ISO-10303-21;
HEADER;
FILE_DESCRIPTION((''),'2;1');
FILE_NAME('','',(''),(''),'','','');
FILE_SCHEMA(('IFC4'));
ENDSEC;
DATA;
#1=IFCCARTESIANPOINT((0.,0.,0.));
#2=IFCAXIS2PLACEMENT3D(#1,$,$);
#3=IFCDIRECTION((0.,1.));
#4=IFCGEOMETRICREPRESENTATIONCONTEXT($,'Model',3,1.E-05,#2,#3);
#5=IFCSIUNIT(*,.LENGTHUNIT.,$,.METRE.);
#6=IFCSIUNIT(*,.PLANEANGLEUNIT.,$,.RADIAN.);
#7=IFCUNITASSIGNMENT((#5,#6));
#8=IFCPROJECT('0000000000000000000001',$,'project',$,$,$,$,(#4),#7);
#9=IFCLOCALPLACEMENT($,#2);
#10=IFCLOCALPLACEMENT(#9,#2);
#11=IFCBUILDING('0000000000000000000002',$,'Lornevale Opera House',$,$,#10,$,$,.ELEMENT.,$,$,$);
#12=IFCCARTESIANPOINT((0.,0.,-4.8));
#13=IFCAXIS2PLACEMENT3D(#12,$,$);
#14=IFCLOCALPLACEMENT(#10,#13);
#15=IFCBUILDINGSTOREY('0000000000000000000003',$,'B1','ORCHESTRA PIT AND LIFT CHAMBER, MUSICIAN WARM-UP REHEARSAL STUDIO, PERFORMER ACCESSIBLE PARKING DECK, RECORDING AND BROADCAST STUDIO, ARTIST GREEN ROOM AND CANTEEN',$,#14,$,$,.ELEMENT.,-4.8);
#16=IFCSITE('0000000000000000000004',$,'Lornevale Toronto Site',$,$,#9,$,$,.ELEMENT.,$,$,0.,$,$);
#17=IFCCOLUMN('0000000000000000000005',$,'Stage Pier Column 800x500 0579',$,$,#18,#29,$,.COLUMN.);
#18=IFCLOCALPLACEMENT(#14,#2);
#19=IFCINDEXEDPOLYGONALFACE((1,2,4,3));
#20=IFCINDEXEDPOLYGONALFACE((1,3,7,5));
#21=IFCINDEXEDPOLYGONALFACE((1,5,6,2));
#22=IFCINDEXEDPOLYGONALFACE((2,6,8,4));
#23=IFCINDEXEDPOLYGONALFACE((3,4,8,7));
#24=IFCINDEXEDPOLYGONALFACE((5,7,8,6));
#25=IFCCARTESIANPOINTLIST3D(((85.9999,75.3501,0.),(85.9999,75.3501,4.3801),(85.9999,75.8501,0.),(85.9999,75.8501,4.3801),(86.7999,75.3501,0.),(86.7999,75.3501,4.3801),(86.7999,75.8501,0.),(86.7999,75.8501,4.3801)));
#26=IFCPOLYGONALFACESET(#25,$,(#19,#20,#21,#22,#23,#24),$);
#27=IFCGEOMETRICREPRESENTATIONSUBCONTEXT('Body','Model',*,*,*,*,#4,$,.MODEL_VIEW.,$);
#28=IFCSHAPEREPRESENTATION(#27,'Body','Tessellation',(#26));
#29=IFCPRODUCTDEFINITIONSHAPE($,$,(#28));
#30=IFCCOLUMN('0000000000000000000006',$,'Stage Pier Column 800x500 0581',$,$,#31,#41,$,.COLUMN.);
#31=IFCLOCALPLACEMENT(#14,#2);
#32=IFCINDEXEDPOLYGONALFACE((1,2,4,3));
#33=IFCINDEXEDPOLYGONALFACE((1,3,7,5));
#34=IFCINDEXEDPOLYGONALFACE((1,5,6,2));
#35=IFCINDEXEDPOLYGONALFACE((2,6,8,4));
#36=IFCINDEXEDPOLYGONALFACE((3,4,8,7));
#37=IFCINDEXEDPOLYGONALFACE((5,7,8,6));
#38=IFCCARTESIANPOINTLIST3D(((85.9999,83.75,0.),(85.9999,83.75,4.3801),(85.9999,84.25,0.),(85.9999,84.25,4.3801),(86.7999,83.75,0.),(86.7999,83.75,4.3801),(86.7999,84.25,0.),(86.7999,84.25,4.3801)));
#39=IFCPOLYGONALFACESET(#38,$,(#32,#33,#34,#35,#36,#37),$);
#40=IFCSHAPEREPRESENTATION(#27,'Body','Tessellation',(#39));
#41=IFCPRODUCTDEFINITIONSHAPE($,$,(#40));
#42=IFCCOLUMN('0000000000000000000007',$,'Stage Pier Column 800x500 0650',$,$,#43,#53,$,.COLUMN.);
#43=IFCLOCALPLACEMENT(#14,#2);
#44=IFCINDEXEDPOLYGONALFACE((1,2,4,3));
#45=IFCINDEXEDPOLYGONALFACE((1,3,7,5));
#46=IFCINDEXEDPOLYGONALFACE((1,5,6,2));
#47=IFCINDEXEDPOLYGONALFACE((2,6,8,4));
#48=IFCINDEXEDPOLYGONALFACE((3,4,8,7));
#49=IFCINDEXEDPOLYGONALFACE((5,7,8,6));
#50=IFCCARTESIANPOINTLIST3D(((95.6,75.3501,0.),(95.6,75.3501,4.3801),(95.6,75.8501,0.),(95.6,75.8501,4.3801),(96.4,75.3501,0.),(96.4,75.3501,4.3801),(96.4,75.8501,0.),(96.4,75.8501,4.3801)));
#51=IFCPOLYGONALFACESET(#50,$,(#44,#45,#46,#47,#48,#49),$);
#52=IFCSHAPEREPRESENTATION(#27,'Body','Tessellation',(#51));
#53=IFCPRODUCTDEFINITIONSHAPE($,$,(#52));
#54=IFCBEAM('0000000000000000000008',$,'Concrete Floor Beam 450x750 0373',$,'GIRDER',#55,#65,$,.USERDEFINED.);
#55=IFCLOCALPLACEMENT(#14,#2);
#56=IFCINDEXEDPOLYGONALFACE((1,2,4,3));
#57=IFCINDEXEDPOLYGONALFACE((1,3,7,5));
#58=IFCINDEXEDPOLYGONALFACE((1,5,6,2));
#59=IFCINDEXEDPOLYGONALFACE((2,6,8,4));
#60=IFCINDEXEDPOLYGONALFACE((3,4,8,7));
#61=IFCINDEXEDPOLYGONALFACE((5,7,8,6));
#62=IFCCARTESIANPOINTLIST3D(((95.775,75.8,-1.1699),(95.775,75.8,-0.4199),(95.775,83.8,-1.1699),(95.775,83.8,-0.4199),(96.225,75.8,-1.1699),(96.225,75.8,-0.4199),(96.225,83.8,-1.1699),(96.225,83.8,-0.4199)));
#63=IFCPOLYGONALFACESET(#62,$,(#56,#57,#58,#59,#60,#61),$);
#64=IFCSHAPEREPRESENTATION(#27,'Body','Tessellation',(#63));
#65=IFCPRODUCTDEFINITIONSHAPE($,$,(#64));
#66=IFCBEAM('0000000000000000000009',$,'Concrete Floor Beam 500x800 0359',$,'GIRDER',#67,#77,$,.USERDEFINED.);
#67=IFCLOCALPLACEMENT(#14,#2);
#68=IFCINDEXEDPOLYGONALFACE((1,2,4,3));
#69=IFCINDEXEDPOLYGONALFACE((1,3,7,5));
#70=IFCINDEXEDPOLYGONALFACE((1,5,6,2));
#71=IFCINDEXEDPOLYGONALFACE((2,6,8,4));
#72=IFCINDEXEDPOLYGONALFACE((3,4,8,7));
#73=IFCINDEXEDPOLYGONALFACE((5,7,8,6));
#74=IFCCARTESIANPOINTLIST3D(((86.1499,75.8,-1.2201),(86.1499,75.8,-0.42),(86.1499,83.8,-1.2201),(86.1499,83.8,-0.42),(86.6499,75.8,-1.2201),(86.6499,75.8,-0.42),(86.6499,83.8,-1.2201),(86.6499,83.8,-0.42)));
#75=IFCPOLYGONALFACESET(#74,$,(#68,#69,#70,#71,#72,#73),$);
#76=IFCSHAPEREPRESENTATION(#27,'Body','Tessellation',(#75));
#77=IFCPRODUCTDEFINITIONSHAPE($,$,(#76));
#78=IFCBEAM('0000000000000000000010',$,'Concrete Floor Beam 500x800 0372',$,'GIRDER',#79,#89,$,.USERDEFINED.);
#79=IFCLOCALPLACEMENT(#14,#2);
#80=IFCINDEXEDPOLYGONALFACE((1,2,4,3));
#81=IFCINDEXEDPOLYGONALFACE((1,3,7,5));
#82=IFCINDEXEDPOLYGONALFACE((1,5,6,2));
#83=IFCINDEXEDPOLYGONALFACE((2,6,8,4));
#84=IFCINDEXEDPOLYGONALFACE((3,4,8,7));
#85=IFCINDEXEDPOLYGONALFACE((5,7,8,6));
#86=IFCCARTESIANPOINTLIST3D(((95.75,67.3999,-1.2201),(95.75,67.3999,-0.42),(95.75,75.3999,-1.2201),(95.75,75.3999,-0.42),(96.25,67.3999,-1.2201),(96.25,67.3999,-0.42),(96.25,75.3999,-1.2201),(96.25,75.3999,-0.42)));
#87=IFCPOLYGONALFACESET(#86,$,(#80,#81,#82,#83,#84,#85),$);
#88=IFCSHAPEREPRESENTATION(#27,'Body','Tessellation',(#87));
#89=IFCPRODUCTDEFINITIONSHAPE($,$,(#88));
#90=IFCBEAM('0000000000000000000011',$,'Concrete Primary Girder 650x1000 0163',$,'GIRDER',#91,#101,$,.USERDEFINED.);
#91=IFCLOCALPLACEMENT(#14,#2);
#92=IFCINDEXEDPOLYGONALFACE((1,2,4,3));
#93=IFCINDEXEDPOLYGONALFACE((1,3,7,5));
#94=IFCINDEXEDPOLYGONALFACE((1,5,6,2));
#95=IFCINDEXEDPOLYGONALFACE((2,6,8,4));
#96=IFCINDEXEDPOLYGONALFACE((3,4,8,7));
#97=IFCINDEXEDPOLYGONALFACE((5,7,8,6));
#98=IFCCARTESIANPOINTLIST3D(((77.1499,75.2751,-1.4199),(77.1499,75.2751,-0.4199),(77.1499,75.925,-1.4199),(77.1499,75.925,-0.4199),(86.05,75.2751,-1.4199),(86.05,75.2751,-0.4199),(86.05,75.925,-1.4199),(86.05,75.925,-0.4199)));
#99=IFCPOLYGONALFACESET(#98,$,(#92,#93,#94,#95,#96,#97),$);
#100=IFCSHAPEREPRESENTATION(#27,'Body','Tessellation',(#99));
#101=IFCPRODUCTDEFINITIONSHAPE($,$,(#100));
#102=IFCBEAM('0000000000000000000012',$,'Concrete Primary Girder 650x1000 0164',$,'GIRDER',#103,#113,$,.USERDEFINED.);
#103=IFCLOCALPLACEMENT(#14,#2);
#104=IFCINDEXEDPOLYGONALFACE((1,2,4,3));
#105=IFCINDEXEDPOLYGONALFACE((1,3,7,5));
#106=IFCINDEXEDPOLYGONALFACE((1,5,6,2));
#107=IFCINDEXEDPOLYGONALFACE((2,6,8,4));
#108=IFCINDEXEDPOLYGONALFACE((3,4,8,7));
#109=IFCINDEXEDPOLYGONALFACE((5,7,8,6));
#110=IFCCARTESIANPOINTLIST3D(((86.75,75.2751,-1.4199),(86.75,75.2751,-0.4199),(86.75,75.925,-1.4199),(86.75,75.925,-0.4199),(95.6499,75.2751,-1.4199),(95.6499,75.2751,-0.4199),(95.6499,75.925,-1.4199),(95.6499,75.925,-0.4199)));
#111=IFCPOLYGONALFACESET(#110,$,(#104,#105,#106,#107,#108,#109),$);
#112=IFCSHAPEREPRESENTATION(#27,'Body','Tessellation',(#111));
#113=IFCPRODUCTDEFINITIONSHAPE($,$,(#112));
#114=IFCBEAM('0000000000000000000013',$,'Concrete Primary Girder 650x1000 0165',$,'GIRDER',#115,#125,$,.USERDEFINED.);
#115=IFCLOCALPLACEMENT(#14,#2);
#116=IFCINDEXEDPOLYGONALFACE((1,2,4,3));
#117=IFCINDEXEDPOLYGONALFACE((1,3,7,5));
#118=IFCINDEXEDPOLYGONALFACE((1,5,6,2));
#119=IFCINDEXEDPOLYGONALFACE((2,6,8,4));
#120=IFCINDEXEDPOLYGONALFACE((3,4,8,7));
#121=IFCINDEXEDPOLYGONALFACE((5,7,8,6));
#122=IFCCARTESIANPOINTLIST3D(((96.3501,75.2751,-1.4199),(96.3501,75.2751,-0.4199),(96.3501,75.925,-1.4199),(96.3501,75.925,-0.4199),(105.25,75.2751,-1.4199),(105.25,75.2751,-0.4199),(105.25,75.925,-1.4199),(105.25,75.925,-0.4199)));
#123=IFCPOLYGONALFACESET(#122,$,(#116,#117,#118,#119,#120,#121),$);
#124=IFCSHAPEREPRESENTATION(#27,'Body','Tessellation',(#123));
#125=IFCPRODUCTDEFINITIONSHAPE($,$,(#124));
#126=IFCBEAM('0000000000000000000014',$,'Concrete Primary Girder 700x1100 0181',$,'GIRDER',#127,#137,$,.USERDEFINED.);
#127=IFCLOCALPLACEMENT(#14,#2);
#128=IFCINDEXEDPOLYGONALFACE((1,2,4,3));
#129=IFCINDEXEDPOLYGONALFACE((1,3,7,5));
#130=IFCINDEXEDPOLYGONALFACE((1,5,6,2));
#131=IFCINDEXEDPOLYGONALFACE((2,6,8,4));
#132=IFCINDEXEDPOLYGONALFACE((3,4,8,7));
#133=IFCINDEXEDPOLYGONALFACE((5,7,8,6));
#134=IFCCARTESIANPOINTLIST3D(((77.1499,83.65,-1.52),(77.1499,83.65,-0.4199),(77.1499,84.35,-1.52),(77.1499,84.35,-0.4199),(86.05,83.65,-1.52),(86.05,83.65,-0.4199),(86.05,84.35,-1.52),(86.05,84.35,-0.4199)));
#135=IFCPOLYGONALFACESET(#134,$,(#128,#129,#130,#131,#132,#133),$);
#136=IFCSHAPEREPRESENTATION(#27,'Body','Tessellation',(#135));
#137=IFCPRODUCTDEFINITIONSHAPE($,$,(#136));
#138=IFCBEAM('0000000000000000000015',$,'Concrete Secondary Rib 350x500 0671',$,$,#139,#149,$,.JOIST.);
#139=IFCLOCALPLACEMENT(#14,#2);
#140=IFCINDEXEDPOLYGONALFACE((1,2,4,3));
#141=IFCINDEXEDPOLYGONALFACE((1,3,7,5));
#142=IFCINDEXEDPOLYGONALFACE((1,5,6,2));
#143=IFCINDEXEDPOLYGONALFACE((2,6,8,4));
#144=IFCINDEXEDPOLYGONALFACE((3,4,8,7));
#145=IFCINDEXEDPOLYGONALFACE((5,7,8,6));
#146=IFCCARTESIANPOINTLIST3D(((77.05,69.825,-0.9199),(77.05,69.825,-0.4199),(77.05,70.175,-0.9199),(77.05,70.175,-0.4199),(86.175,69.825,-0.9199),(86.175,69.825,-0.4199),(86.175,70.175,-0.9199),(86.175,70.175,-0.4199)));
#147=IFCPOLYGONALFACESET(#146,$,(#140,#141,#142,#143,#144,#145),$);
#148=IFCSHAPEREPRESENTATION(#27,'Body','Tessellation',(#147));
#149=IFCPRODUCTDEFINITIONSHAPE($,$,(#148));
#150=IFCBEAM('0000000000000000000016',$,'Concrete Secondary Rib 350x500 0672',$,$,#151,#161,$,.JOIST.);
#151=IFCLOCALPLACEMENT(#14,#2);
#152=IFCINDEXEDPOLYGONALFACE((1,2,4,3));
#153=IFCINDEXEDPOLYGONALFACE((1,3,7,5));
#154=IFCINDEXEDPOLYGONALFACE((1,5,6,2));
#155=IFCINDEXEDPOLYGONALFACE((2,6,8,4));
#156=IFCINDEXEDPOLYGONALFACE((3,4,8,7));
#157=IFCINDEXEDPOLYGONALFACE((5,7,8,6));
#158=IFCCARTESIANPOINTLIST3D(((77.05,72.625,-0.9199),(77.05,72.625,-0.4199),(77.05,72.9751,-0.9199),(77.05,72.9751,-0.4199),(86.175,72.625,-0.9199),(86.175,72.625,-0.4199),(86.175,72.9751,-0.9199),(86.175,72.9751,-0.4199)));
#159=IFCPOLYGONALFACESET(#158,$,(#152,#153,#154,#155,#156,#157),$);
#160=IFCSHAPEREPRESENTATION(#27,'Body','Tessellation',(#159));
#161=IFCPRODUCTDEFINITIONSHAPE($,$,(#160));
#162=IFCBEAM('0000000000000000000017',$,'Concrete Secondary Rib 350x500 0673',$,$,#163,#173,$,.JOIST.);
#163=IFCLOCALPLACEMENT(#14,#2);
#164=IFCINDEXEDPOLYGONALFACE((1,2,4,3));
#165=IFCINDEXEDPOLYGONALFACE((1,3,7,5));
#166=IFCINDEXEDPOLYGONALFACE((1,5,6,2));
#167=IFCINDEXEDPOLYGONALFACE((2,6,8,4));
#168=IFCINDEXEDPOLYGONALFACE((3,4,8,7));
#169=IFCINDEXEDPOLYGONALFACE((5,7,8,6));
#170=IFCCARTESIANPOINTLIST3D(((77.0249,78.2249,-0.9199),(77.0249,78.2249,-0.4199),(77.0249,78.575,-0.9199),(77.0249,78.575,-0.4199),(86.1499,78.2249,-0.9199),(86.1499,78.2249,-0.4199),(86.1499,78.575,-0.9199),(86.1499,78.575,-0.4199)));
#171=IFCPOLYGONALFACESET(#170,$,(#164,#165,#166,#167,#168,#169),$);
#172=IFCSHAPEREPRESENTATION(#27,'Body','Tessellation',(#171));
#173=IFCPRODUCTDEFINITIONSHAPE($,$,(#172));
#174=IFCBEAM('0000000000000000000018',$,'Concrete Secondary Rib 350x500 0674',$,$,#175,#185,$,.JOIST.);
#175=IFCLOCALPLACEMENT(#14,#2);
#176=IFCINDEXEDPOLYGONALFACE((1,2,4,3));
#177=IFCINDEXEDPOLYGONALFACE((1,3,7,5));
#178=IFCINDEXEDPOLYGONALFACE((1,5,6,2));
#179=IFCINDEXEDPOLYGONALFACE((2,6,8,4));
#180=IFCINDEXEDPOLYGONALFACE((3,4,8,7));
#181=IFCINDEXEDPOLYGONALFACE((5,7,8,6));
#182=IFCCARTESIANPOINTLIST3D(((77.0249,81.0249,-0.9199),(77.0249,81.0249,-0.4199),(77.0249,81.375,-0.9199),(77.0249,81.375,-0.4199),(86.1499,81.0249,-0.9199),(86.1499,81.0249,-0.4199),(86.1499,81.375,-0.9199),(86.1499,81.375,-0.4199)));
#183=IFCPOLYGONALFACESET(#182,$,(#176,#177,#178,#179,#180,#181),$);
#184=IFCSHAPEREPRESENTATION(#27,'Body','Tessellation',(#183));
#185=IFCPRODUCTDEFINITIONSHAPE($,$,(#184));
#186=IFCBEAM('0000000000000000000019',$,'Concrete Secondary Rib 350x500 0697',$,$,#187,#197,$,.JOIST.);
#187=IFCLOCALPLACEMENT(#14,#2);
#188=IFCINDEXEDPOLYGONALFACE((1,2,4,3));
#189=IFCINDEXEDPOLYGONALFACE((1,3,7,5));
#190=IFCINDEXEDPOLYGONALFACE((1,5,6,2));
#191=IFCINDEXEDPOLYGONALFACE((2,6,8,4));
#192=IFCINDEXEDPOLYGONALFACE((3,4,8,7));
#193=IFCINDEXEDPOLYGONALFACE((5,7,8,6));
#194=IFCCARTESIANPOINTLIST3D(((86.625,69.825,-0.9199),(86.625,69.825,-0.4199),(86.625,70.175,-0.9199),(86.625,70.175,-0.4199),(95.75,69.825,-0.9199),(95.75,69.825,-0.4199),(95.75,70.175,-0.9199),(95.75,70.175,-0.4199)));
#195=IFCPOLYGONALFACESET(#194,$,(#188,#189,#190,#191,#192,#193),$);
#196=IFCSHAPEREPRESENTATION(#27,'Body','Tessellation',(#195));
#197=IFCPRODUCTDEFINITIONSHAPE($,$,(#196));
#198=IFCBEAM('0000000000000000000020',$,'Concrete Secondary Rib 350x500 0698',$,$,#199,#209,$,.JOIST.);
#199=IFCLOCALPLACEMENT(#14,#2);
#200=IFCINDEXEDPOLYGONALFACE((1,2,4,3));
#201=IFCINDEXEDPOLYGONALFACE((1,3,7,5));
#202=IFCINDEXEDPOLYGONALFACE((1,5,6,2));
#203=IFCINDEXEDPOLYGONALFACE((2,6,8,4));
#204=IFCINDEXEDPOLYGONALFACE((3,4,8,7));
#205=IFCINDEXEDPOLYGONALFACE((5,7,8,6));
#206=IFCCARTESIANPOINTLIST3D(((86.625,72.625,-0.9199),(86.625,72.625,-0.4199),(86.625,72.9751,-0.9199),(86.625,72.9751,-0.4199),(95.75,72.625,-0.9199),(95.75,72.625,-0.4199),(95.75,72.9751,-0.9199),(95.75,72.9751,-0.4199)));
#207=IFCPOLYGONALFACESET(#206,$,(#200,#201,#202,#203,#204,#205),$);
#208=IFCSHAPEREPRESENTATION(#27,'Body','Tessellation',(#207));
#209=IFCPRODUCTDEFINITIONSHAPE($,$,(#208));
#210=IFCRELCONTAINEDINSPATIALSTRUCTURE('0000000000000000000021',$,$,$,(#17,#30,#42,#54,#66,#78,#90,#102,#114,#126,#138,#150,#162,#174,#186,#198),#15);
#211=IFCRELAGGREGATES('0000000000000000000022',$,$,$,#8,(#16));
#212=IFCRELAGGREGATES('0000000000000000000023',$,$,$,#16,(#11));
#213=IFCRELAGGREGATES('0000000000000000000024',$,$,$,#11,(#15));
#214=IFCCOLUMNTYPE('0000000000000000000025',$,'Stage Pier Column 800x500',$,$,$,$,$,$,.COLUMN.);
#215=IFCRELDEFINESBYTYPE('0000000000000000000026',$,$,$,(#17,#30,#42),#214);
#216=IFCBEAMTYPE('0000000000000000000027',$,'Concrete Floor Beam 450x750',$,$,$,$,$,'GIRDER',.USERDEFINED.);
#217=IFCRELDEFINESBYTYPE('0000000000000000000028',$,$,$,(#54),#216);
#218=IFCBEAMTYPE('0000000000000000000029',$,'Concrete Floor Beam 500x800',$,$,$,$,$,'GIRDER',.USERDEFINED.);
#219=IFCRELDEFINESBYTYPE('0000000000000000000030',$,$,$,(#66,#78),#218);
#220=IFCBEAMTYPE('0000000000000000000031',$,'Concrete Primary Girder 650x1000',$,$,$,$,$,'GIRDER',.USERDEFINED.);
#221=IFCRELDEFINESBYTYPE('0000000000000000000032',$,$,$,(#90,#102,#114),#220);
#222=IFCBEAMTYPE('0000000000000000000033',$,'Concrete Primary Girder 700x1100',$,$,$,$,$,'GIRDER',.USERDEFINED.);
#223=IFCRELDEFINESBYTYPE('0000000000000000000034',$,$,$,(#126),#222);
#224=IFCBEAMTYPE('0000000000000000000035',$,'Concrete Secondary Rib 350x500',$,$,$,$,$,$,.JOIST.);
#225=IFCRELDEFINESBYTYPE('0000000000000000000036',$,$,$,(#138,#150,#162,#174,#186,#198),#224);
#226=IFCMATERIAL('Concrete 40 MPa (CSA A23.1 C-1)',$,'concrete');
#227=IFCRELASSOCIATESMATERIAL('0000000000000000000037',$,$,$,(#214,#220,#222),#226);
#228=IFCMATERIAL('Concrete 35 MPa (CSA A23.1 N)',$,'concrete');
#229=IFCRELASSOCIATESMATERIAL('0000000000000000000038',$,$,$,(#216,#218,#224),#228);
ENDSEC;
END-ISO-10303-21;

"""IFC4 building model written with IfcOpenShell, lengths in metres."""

from ifc_helpers import new_model, si_unit, direction, frame, origin, origin_2d, place, context, subcontext, project, spatial, rectangle, extrude, material, material_profile, profile_set, type_object, element, save


model = new_model("IFC4")

# Units and contexts
model_context = context("Model", 3, precision=1e-05, world=origin(), true_north=direction((0.0, 1.0)))
body_context = subcontext(model_context, "Body", "Model", "MODEL_VIEW")
ifc_project = project(units=[si_unit("LENGTHUNIT", "METRE"), si_unit("PLANEANGLEUNIT", "RADIAN")], contexts=[model_context])

# Site, building, storey
site_placement = place(None, origin())
site = spatial("IfcSite", under=ifc_project, at=site_placement, Name="Lornevale Toronto Site", CompositionType="ELEMENT", RefElevation=0.0)
building_placement = place(site_placement, origin())
building = spatial("IfcBuilding", under=site, at=building_placement, Name="Lornevale Opera House", CompositionType="ELEMENT")
storey_placement = place(building_placement, frame((0.0, 0.0, -4.8)))
storey = spatial("IfcBuildingStorey", under=building, at=storey_placement, Name="B1", Description="ORCHESTRA PIT AND LIFT CHAMBER, MUSICIAN WARM-UP REHEARSAL STUDIO, PERFORMER ACCESSIBLE PARKING DECK, RECORDING AND BROADCAST STUDIO, ARTIST GREEN ROOM AND CANTEEN", CompositionType="ELEMENT", Elevation=-4.8)

# Columns
ifc_material_1 = material(Name="Concrete 40 MPa (CSA A23.1 C-1)", Category="concrete")
ifc_material_profile_1 = material_profile(ifc_material_1, rectangle(XDim=0.8, YDim=0.5, at=origin_2d()), Name="RC800x500")
ifc_profile_set_1 = profile_set([ifc_material_profile_1], Name="Concrete 40 MPa (CSA A23.1 C-1)")
column_type = type_object("IfcColumnType", Name="Stage Pier Column 800x500", PredefinedType="COLUMN", material=ifc_profile_set_1)
for number, where, z_axis, x_axis, name in (
    (1, (86.3999, 75.6001, 0.0), (0.0, 0.0, 1.0), (1.0, 0.0, 0.0), "Stage Pier Column 800x500 0579"),
    (2, (86.3999, 84.0, 0.0), (0.0, 0.0, 1.0), (1.0, 0.0, 0.0), "Stage Pier Column 800x500 0581"),
    (3, (96.0, 75.6001, 0.0), (0.0, 0.0, 1.0), (1.0, 0.0, 0.0), "Stage Pier Column 800x500 0650"),
):
    element("IfcColumn", number, at=place(storey_placement, frame(where, z_axis=z_axis, x_axis=x_axis)), inside=storey, type_object=column_type, Name=name, PredefinedType="COLUMN", context=body_context, shape_type="SweptSolid", body=[
        extrude(rectangle(XDim=0.8, YDim=0.5, at=origin_2d()), origin(), (0.0, 0.0, 1.0), 4.3801),
    ])

# Beams
ifc_material_2 = material(Name="Concrete 35 MPa (CSA A23.1 N)", Category="concrete")
ifc_material_profile_2 = material_profile(ifc_material_2, rectangle(XDim=0.45, YDim=0.75, at=origin_2d()), Name="RC450x750")
ifc_profile_set_2 = profile_set([ifc_material_profile_2], Name="Concrete 35 MPa (CSA A23.1 N)")
beam_type_1 = type_object("IfcBeamType", Name="Concrete Floor Beam 450x750", ElementType="GIRDER", PredefinedType="USERDEFINED", material=ifc_profile_set_2)
beam_1_placement = place(storey_placement, frame((96.0, 75.8, -0.7949), z_axis=(0.0, 1.0, 0.0), x_axis=(-1.0, 0.0, 0.0)))
element("IfcBeam", 4, at=beam_1_placement, inside=storey, type_object=beam_type_1, Name="Concrete Floor Beam 450x750 0373", ObjectType="GIRDER", PredefinedType="USERDEFINED", context=body_context, shape_type="SweptSolid", body=[
    extrude(rectangle(XDim=0.45, YDim=0.75, at=origin_2d()), origin(), (0.0, 0.0, 1.0), 8.0),
])
ifc_material_profile_3 = material_profile(ifc_material_2, rectangle(XDim=0.5, YDim=0.8, at=origin_2d()), Name="RC500x800")
ifc_profile_set_3 = profile_set([ifc_material_profile_3], Name="Concrete 35 MPa (CSA A23.1 N)")
beam_type_2 = type_object("IfcBeamType", Name="Concrete Floor Beam 500x800", ElementType="GIRDER", PredefinedType="USERDEFINED", material=ifc_profile_set_3)
for number, where, z_axis, x_axis, name in (
    (5, (86.3999, 75.8, -0.8201), (0.0, 1.0, 0.0), (-1.0, 0.0, 0.0), "Concrete Floor Beam 500x800 0359"),
    (6, (96.0, 67.3999, -0.8201), (0.0, 1.0, 0.0), (-1.0, 0.0, 0.0), "Concrete Floor Beam 500x800 0372"),
):
    element("IfcBeam", number, at=place(storey_placement, frame(where, z_axis=z_axis, x_axis=x_axis)), inside=storey, type_object=beam_type_2, Name=name, ObjectType="GIRDER", PredefinedType="USERDEFINED", context=body_context, shape_type="SweptSolid", body=[
        extrude(rectangle(XDim=0.5, YDim=0.8, at=origin_2d()), origin(), (0.0, 0.0, 1.0), 8.0),
    ])
ifc_material_profile_4 = material_profile(ifc_material_1, rectangle(XDim=0.6499, YDim=1.0, at=origin_2d()), Name="RC650x1000")
ifc_profile_set_4 = profile_set([ifc_material_profile_4], Name="Concrete 40 MPa (CSA A23.1 C-1)")
beam_type_3 = type_object("IfcBeamType", Name="Concrete Primary Girder 650x1000", ElementType="GIRDER", PredefinedType="USERDEFINED", material=ifc_profile_set_4)
beam_2_placement = place(storey_placement, frame((77.1499, 75.6001, -0.9199), z_axis=(1.0, 0.0, 0.0), x_axis=(0.0, 1.0, 0.0)))
element("IfcBeam", 7, at=beam_2_placement, inside=storey, type_object=beam_type_3, Name="Concrete Primary Girder 650x1000 0163", ObjectType="GIRDER", PredefinedType="USERDEFINED", context=body_context, shape_type="SweptSolid", body=[
    extrude(rectangle(XDim=0.6499, YDim=1.0, at=origin_2d()), origin(), (0.0, 0.0, 1.0), 8.9001),
])
for number, where, z_axis, x_axis, name in (
    (8, (86.75, 75.6001, -0.9199), (1.0, 0.0, 0.0), (0.0, 1.0, 0.0), "Concrete Primary Girder 650x1000 0164"),
    (9, (96.3501, 75.6001, -0.9199), (1.0, 0.0, 0.0), (0.0, 1.0, 0.0), "Concrete Primary Girder 650x1000 0165"),
):
    element("IfcBeam", number, at=place(storey_placement, frame(where, z_axis=z_axis, x_axis=x_axis)), inside=storey, type_object=beam_type_3, Name=name, ObjectType="GIRDER", PredefinedType="USERDEFINED", context=body_context, shape_type="SweptSolid", body=[
        extrude(rectangle(XDim=0.6499, YDim=1.0, at=origin_2d()), origin(), (0.0, 0.0, 1.0), 8.8999),
    ])
ifc_material_profile_5 = material_profile(ifc_material_1, rectangle(XDim=0.7, YDim=1.1001, at=origin_2d()), Name="RC700x1100")
ifc_profile_set_5 = profile_set([ifc_material_profile_5], Name="Concrete 40 MPa (CSA A23.1 C-1)")
beam_type_4 = type_object("IfcBeamType", Name="Concrete Primary Girder 700x1100", ElementType="GIRDER", PredefinedType="USERDEFINED", material=ifc_profile_set_5)
beam_3_placement = place(storey_placement, frame((77.1499, 84.0, -0.97), z_axis=(1.0, 0.0, 0.0), x_axis=(0.0, 1.0, 0.0)))
element("IfcBeam", 10, at=beam_3_placement, inside=storey, type_object=beam_type_4, Name="Concrete Primary Girder 700x1100 0181", ObjectType="GIRDER", PredefinedType="USERDEFINED", context=body_context, shape_type="SweptSolid", body=[
    extrude(rectangle(XDim=0.7, YDim=1.1001, at=origin_2d()), origin(), (0.0, 0.0, 1.0), 8.9001),
])
ifc_material_profile_6 = material_profile(ifc_material_2, rectangle(XDim=0.3501, YDim=0.5, at=origin_2d()), Name="RC350x500")
ifc_profile_set_6 = profile_set([ifc_material_profile_6], Name="Concrete 35 MPa (CSA A23.1 N)")
beam_type_5 = type_object("IfcBeamType", Name="Concrete Secondary Rib 350x500", PredefinedType="JOIST", material=ifc_profile_set_6)
for number, where, z_axis, x_axis, name in (
    (11, (77.05, 70.0, -0.6699), (1.0, 0.0, 0.0), (0.0, 1.0, 0.0), "Concrete Secondary Rib 350x500 0671"),
    (12, (77.05, 72.8, -0.6699), (1.0, 0.0, 0.0), (0.0, 1.0, 0.0), "Concrete Secondary Rib 350x500 0672"),
    (13, (77.0249, 78.3999, -0.6699), (1.0, 0.0, 0.0), (0.0, 1.0, 0.0), "Concrete Secondary Rib 350x500 0673"),
    (14, (77.0249, 81.2, -0.6699), (1.0, 0.0, 0.0), (0.0, 1.0, 0.0), "Concrete Secondary Rib 350x500 0674"),
    (15, (86.625, 70.0, -0.6699), (1.0, 0.0, 0.0), (0.0, 1.0, 0.0), "Concrete Secondary Rib 350x500 0697"),
    (16, (86.625, 72.8, -0.6699), (1.0, 0.0, 0.0), (0.0, 1.0, 0.0), "Concrete Secondary Rib 350x500 0698"),
):
    element("IfcBeam", number, at=place(storey_placement, frame(where, z_axis=z_axis, x_axis=x_axis)), inside=storey, type_object=beam_type_5, Name=name, PredefinedType="JOIST", context=body_context, shape_type="SweptSolid", body=[
        extrude(rectangle(XDim=0.3501, YDim=0.5, at=origin_2d()), origin(), (0.0, 0.0, 1.0), 9.125),
    ])

save(model, "model.ifc")
